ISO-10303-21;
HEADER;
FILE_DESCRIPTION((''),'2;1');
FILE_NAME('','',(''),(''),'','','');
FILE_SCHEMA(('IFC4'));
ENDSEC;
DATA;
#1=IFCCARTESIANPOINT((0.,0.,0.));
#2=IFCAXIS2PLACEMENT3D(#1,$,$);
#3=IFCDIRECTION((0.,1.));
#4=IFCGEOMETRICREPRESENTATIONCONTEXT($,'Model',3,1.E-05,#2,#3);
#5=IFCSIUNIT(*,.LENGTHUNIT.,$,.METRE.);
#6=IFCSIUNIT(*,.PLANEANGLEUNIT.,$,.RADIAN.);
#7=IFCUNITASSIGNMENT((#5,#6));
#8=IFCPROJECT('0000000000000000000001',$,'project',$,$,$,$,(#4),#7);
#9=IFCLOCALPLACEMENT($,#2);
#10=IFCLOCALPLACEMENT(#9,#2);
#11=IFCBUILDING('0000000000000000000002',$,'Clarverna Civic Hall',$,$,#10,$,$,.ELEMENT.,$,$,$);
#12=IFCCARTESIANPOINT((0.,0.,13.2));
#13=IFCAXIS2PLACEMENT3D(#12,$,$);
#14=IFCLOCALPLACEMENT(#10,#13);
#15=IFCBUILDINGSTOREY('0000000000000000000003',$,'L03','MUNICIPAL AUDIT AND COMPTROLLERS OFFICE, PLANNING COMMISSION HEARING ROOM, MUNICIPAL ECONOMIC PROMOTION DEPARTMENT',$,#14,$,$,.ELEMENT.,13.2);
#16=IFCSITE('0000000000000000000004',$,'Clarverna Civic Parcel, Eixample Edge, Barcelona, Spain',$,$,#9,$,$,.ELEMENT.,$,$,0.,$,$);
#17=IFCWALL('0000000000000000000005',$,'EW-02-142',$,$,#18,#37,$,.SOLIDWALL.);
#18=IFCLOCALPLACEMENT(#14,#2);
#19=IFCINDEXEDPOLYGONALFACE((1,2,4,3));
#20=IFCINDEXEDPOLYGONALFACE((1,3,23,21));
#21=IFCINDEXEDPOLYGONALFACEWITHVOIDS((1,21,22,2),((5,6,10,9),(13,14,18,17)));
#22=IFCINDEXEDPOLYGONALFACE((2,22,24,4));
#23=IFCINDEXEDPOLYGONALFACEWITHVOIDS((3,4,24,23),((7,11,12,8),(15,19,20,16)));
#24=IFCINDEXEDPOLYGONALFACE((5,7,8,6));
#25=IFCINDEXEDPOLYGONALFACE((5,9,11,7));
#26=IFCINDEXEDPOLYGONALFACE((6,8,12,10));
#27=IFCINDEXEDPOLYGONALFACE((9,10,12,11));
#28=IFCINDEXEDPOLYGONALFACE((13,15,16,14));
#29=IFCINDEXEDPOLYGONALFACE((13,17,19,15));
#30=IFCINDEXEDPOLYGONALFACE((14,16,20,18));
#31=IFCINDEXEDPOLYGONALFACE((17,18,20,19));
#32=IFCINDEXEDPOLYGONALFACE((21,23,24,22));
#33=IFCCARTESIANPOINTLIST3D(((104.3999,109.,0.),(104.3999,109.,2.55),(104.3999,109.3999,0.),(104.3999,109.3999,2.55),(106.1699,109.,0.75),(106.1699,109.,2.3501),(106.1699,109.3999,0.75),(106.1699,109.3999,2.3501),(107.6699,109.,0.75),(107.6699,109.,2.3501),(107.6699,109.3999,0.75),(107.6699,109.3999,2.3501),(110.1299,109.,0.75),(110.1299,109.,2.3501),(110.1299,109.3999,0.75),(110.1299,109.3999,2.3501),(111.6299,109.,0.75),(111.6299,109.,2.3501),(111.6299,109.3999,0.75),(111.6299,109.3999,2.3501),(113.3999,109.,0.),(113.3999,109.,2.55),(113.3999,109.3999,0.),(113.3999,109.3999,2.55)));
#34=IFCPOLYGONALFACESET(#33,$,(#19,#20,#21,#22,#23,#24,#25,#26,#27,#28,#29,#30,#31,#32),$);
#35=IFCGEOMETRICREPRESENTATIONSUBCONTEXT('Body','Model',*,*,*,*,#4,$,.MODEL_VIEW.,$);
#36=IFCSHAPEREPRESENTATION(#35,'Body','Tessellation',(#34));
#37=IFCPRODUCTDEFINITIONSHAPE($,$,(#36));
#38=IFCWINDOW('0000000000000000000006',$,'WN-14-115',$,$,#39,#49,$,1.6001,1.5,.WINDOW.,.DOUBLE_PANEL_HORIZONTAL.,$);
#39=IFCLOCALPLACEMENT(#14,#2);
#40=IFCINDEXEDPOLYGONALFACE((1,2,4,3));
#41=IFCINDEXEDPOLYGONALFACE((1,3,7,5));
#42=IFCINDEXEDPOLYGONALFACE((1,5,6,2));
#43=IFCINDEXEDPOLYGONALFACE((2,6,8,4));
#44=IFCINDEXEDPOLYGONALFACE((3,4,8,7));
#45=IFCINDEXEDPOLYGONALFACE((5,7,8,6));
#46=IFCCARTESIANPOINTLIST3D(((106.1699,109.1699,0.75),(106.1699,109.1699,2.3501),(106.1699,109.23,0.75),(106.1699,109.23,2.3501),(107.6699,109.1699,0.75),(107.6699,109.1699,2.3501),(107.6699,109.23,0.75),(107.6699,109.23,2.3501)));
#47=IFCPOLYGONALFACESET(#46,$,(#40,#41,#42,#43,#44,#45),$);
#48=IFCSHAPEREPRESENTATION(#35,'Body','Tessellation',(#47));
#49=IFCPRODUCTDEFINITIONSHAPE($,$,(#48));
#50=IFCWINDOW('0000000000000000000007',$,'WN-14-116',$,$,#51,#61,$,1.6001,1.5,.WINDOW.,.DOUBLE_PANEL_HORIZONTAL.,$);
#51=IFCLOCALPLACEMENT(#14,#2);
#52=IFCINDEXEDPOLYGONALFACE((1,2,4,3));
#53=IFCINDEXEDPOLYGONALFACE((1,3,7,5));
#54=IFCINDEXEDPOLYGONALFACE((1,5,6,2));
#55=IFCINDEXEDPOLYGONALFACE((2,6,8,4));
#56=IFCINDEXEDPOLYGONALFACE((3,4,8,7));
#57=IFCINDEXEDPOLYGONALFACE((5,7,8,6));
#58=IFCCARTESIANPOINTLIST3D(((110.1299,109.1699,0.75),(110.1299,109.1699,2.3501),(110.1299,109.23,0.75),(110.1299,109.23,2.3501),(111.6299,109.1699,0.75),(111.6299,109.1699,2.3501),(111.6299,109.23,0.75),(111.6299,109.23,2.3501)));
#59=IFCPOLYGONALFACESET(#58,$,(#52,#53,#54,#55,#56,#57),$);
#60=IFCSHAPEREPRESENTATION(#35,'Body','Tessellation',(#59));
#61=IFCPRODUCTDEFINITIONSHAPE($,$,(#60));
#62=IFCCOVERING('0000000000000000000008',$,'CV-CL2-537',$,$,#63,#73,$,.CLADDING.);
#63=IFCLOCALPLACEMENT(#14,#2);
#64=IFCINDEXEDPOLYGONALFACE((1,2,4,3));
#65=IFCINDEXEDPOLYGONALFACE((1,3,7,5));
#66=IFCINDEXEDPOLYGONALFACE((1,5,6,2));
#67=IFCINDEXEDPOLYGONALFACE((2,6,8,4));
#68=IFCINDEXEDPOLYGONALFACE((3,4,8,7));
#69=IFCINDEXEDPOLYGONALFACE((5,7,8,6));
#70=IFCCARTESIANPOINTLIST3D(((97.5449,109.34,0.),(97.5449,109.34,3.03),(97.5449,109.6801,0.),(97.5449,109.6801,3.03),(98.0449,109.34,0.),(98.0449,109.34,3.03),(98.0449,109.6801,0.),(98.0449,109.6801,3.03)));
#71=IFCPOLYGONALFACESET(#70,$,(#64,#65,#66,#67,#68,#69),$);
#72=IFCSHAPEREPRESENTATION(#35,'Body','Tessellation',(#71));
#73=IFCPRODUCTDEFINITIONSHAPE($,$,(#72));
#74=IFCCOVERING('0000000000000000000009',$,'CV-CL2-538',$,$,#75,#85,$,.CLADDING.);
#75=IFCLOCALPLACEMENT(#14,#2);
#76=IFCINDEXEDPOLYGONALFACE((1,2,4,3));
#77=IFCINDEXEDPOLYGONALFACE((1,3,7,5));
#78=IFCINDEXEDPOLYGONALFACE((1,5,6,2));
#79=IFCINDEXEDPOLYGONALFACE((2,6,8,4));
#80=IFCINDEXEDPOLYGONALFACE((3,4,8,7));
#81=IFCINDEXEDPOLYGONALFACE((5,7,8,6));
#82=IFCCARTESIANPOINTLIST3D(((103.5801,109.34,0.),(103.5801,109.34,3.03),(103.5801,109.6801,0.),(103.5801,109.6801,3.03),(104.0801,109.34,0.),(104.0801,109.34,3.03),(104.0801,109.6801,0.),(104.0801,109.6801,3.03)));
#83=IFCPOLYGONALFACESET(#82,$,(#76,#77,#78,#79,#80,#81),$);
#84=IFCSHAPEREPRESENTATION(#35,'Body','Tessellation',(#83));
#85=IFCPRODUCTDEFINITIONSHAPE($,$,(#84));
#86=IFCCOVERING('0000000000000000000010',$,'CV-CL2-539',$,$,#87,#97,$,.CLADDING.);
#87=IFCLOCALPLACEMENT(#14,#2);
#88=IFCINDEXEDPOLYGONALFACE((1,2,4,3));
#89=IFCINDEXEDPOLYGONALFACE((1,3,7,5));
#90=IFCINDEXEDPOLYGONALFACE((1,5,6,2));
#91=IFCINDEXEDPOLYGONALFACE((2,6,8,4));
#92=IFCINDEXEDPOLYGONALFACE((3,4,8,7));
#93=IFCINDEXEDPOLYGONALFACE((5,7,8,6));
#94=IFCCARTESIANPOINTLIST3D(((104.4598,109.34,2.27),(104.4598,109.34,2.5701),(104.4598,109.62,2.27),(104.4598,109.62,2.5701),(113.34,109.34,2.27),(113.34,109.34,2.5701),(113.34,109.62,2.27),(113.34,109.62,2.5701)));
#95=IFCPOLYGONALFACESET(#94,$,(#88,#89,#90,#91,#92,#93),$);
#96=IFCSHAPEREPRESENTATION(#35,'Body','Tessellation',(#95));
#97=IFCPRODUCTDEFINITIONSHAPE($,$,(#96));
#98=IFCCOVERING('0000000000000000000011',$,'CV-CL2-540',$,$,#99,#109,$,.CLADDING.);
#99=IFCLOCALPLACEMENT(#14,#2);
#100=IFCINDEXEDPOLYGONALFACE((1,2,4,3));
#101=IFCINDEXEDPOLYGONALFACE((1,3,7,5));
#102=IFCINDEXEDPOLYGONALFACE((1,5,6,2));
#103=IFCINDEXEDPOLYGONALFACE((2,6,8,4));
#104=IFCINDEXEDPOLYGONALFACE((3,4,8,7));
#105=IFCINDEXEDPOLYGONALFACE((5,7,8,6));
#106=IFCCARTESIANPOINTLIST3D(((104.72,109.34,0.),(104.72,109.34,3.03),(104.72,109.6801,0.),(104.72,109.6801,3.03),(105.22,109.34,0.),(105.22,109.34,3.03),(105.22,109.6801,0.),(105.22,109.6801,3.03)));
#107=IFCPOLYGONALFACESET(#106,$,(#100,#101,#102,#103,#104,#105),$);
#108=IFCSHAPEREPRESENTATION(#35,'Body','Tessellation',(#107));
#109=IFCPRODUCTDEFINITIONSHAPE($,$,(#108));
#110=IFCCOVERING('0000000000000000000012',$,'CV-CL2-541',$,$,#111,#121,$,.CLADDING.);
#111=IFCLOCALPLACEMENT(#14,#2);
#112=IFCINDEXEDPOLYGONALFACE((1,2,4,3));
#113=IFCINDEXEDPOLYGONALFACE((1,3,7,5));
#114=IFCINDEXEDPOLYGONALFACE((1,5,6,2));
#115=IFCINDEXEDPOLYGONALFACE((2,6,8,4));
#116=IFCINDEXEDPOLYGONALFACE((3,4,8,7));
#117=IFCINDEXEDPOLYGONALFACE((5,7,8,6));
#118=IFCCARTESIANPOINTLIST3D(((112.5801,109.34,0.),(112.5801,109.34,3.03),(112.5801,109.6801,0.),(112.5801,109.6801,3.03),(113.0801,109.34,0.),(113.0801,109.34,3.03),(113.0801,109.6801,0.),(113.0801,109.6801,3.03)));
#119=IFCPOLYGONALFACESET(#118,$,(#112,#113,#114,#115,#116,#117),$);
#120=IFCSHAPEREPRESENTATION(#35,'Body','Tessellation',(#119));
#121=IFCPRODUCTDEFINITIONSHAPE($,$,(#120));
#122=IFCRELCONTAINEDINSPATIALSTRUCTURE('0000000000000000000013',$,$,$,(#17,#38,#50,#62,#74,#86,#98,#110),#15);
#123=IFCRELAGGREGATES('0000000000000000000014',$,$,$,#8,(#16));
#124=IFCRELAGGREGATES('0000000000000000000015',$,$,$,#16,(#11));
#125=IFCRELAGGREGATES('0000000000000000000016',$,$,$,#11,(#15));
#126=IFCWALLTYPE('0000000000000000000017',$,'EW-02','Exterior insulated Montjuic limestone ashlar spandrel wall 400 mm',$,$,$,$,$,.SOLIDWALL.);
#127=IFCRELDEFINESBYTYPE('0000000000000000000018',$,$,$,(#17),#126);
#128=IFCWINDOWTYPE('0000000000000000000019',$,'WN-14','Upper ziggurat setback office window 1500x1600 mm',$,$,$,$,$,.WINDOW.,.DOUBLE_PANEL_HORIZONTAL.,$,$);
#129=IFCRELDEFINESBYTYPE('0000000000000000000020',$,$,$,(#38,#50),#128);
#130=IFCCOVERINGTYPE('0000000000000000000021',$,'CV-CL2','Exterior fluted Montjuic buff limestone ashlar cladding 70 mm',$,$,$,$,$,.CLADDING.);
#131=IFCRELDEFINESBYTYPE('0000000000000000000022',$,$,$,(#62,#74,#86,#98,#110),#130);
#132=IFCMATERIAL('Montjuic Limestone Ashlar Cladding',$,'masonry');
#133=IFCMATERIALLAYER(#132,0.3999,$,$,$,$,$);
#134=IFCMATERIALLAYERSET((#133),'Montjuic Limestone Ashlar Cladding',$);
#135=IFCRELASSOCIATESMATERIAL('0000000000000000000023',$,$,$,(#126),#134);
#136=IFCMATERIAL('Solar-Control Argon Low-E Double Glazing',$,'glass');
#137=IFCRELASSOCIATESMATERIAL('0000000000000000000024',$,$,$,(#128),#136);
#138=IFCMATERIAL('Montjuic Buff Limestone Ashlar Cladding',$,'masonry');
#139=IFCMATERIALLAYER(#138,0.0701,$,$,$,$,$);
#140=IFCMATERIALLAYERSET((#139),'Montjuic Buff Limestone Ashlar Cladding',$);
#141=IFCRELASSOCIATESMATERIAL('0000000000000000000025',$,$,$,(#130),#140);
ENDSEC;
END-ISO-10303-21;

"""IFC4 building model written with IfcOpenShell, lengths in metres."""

from ifc_helpers import new_model, si_unit, direction, frame, frame_2d, origin, place, context, subcontext, project, spatial, rectangle, extrude, material, layer, layer_set, type_object, element, fill, save


model = new_model("IFC4")

# Units and contexts
model_context = context("Model", 3, precision=1e-05, world=origin(), true_north=direction((0.0, 1.0)))
body_context = subcontext(model_context, "Body", "Model", "MODEL_VIEW")
ifc_project = project(units=[si_unit("LENGTHUNIT", "METRE"), si_unit("PLANEANGLEUNIT", "RADIAN")], contexts=[model_context])

# Site, building, storey
site_placement = place(None, origin())
site = spatial("IfcSite", under=ifc_project, at=site_placement, Name="Clarverna Civic Parcel, Eixample Edge, Barcelona, Spain", CompositionType="ELEMENT", RefElevation=0.0)
building_placement = place(site_placement, origin())
building = spatial("IfcBuilding", under=site, at=building_placement, Name="Clarverna Civic Hall", CompositionType="ELEMENT")
storey_placement = place(building_placement, frame((0.0, 0.0, 13.2)))
storey = spatial("IfcBuildingStorey", under=building, at=storey_placement, Name="L03", Description="MUNICIPAL AUDIT AND COMPTROLLERS OFFICE, PLANNING COMMISSION HEARING ROOM, MUNICIPAL ECONOMIC PROMOTION DEPARTMENT", CompositionType="ELEMENT", Elevation=13.2)

# Wall, openings, windows
ifc_material_1 = material(Name="Montjuic Limestone Ashlar Cladding", Category="masonry")
ifc_layer_1 = layer(ifc_material_1, 0.3999)
ifc_layer_set_1 = layer_set([ifc_layer_1], Name="Montjuic Limestone Ashlar Cladding")
wall_type = type_object("IfcWallType", Name="EW-02", Description="Exterior insulated Montjuic limestone ashlar spandrel wall 400 mm", PredefinedType="SOLIDWALL", material=ifc_layer_set_1)
wall_placement = place(storey_placement, frame((104.3999, 109.2, 0.0), z_axis=(0.0, 0.0, 1.0), x_axis=(1.0, 0.0, 0.0)))
wall = element("IfcWall", 1, at=wall_placement, inside=storey, type_object=wall_type, Name="EW-02-142", PredefinedType="SOLIDWALL", context=body_context, shape_type="SweptSolid", body=[
    extrude(rectangle(XDim=9.0, YDim=0.3999, at=frame_2d((4.5, 0.0))), origin(), (0.0, 0.0, 1.0), 2.55),
])
opening_1_placement = place(wall_placement, frame((1.77, 0.0, 0.75)))
opening_1 = element("IfcOpeningElement", 2, at=opening_1_placement, cuts=wall, PredefinedType="OPENING", context=body_context, shape_type="SweptSolid", body=[
    extrude(rectangle(XDim=1.5, YDim=1.6001, at=frame_2d((0.75, 0.8))), frame((0.0, 0.21, 0.0), z_axis=(0.0, -1.0, 0.0), x_axis=(1.0, 0.0, 0.0)), (0.0, 0.0, 1.0), 0.4199),
])
opening_2_placement = place(wall_placement, frame((5.73, 0.0, 0.75)))
opening_2 = element("IfcOpeningElement", 3, at=opening_2_placement, cuts=wall, PredefinedType="OPENING", context=body_context, shape_type="SweptSolid", body=[
    extrude(rectangle(XDim=1.5, YDim=1.6001, at=frame_2d((0.75, 0.8))), frame((0.0, 0.21, 0.0), z_axis=(0.0, -1.0, 0.0), x_axis=(1.0, 0.0, 0.0)), (0.0, 0.0, 1.0), 0.4199),
])
ifc_material_2 = material(Name="Solar-Control Argon Low-E Double Glazing", Category="glass")
window_type = type_object("IfcWindowType", Name="WN-14", Description="Upper ziggurat setback office window 1500x1600 mm", PartitioningType="DOUBLE_PANEL_HORIZONTAL", PredefinedType="WINDOW", material=ifc_material_2)
window_1_placement = place(opening_1_placement, origin())
window_1 = element("IfcWindow", 4, at=window_1_placement, inside=storey, type_object=window_type, Name="WN-14-115", OverallHeight=1.6001, OverallWidth=1.5, PartitioningType="DOUBLE_PANEL_HORIZONTAL", PredefinedType="WINDOW", context=body_context, shape_type="SweptSolid", body=[
    extrude(rectangle(XDim=1.5, YDim=1.6001, at=frame_2d((0.75, 0.8))), frame((0.0, 0.03, 0.0), z_axis=(0.0, -1.0, 0.0), x_axis=(1.0, 0.0, 0.0)), (0.0, 0.0, 1.0), 0.0601),
])
fill(opening_1, window_1)
window_2_placement = place(opening_2_placement, origin())
window_2 = element("IfcWindow", 5, at=window_2_placement, inside=storey, type_object=window_type, Name="WN-14-116", OverallHeight=1.6001, OverallWidth=1.5, PartitioningType="DOUBLE_PANEL_HORIZONTAL", PredefinedType="WINDOW", context=body_context, shape_type="SweptSolid", body=[
    extrude(rectangle(XDim=1.5, YDim=1.6001, at=frame_2d((0.75, 0.8))), frame((0.0, 0.03, 0.0), z_axis=(0.0, -1.0, 0.0), x_axis=(1.0, 0.0, 0.0)), (0.0, 0.0, 1.0), 0.0601),
])
fill(opening_2, window_2)

# Coverings
ifc_material_3 = material(Name="Montjuic Buff Limestone Ashlar Cladding", Category="masonry")
ifc_layer_2 = layer(ifc_material_3, 0.0701)
ifc_layer_set_2 = layer_set([ifc_layer_2], Name="Montjuic Buff Limestone Ashlar Cladding")
covering_type = type_object("IfcCoveringType", Name="CV-CL2", Description="Exterior fluted Montjuic buff limestone ashlar cladding 70 mm", PredefinedType="CLADDING", material=ifc_layer_set_2)
for number, where, z_axis, x_axis, name in (
    (6, (97.5449, 109.51, 0.0), (0.0, 0.0, 1.0), (1.0, 0.0, 0.0), "CV-CL2-537"),
    (7, (103.5801, 109.51, 0.0), (0.0, 0.0, 1.0), (1.0, 0.0, 0.0), "CV-CL2-538"),
):
    element("IfcCovering", number, at=place(storey_placement, frame(where, z_axis=z_axis, x_axis=x_axis)), inside=storey, type_object=covering_type, Name=name, PredefinedType="CLADDING", context=body_context, shape_type="SweptSolid", body=[
        extrude(rectangle(XDim=0.5, YDim=0.3401, at=frame_2d((0.25, 0.0))), origin(), (0.0, 0.0, 1.0), 3.03),
    ])
covering_placement = place(storey_placement, frame((104.46, 109.48, 2.27), z_axis=(0.0, 0.0, 1.0), x_axis=(1.0, 0.0, 0.0)))
element("IfcCovering", 8, at=covering_placement, inside=storey, type_object=covering_type, Name="CV-CL2-539", PredefinedType="CLADDING", context=body_context, shape_type="SweptSolid", body=[
    extrude(rectangle(XDim=8.8801, YDim=0.28, at=frame_2d((4.4399, 0.0))), origin(), (0.0, 0.0, 1.0), 0.3),
])
for number, where, z_axis, x_axis, name in (
    (9, (104.72, 109.51, 0.0), (0.0, 0.0, 1.0), (1.0, 0.0, 0.0), "CV-CL2-540"),
    (10, (112.5801, 109.51, 0.0), (0.0, 0.0, 1.0), (1.0, 0.0, 0.0), "CV-CL2-541"),
):
    element("IfcCovering", number, at=place(storey_placement, frame(where, z_axis=z_axis, x_axis=x_axis)), inside=storey, type_object=covering_type, Name=name, PredefinedType="CLADDING", context=body_context, shape_type="SweptSolid", body=[
        extrude(rectangle(XDim=0.5, YDim=0.3401, at=frame_2d((0.25, 0.0))), origin(), (0.0, 0.0, 1.0), 3.03),
    ])

save(model, "model.ifc")
